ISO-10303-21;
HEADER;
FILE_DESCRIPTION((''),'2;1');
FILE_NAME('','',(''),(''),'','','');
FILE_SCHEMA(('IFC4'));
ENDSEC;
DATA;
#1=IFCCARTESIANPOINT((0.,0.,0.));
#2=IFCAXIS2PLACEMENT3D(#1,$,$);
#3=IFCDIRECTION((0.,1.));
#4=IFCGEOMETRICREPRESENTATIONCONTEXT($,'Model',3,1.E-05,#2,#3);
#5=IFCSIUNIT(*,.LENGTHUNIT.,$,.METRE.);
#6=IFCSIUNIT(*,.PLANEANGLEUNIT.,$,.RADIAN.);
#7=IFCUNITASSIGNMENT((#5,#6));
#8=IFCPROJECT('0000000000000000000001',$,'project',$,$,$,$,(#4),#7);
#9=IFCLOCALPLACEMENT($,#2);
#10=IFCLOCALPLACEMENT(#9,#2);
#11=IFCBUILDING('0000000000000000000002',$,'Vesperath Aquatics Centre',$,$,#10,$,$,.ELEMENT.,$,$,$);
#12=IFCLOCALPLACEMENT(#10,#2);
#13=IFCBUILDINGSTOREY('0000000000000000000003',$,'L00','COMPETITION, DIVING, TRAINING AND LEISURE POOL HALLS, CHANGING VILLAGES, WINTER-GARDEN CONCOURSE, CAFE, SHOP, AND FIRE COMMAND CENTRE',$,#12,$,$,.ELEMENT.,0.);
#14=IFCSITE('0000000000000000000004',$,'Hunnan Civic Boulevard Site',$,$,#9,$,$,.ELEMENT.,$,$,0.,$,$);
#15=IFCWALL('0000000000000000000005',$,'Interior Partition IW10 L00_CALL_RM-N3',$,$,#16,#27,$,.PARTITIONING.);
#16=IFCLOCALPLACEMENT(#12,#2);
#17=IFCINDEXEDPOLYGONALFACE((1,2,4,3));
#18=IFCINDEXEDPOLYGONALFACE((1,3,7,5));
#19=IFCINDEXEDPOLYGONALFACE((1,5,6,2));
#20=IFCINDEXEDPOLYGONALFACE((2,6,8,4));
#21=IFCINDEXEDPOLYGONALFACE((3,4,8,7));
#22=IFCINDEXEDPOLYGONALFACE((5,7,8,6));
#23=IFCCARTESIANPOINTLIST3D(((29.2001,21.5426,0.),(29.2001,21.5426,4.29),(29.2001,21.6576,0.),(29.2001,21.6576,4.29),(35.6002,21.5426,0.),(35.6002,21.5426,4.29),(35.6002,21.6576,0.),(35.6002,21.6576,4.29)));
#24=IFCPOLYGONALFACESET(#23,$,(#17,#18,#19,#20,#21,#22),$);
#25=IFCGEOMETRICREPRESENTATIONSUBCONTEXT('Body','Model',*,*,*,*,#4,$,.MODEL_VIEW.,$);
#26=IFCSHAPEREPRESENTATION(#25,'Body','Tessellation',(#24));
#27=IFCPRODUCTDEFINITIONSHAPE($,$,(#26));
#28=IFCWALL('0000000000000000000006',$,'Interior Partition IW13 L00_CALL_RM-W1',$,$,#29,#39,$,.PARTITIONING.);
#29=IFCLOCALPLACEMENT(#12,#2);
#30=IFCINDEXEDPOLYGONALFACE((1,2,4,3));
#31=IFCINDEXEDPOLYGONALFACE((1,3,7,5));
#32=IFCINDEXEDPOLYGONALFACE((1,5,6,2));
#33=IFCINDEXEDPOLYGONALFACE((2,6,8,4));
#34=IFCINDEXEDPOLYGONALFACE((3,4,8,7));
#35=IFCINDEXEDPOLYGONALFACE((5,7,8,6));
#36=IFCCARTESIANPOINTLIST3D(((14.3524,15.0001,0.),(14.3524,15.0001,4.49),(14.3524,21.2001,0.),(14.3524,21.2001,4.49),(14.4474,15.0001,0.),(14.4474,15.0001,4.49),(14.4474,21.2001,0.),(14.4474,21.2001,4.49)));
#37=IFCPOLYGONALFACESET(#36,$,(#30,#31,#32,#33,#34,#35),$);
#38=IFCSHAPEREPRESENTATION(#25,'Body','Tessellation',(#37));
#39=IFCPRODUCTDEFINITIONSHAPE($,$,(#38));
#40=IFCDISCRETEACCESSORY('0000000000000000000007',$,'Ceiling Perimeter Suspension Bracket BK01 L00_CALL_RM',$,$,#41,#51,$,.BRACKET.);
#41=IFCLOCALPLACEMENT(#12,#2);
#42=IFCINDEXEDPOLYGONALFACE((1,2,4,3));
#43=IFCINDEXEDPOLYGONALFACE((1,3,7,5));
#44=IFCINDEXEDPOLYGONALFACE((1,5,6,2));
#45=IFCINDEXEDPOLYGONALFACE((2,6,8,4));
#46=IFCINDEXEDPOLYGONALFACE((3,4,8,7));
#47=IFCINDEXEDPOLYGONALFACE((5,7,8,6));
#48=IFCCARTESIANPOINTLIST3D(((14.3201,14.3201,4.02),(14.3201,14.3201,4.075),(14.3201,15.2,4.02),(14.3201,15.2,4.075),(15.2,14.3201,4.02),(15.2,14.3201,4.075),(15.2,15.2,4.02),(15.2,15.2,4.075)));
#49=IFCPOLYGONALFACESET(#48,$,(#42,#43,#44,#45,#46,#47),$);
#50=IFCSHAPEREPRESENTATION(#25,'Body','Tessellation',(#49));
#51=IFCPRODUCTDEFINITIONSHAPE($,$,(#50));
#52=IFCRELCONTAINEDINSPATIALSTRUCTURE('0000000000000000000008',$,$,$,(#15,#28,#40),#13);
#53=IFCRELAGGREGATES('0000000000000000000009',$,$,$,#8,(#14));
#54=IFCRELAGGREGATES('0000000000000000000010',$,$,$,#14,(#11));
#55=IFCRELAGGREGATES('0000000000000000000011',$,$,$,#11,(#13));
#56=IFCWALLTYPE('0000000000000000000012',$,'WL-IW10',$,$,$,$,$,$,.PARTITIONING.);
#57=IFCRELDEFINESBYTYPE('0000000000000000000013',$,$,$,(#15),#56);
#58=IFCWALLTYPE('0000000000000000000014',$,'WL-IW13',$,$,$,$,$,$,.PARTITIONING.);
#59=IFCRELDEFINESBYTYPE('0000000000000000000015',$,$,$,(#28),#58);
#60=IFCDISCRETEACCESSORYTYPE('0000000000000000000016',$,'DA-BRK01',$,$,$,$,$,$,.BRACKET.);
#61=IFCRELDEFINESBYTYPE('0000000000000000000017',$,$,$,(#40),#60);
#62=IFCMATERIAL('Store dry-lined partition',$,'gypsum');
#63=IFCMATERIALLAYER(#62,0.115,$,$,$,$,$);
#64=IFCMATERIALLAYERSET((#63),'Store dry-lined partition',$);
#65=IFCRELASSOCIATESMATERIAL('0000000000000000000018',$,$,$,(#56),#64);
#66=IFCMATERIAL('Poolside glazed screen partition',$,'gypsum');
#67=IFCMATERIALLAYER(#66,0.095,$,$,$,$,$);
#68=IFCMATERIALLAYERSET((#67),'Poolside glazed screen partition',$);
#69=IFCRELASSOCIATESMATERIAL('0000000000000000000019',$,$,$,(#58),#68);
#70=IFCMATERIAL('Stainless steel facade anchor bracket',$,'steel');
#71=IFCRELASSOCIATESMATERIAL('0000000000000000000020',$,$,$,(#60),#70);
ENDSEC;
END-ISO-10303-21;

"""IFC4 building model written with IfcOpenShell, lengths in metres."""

from ifc_helpers import new_model, si_unit, direction, frame, frame_2d, origin, origin_2d, place, context, subcontext, project, spatial, rectangle, extrude, material, layer, layer_set, type_object, element, save


model = new_model("IFC4")

# Units and contexts
model_context = context("Model", 3, precision=1e-05, world=origin(), true_north=direction((0.0, 1.0)))
body_context = subcontext(model_context, "Body", "Model", "MODEL_VIEW")
ifc_project = project(units=[si_unit("LENGTHUNIT", "METRE"), si_unit("PLANEANGLEUNIT", "RADIAN")], contexts=[model_context])

# Site, building, storey
site_placement = place(None, origin())
site = spatial("IfcSite", under=ifc_project, at=site_placement, Name="Hunnan Civic Boulevard Site", CompositionType="ELEMENT", RefElevation=0.0)
building_placement = place(site_placement, origin())
building = spatial("IfcBuilding", under=site, at=building_placement, Name="Vesperath Aquatics Centre", CompositionType="ELEMENT")
storey_placement = place(building_placement, origin())
storey = spatial("IfcBuildingStorey", under=building, at=storey_placement, Name="L00", Description="COMPETITION, DIVING, TRAINING AND LEISURE POOL HALLS, CHANGING VILLAGES, WINTER-GARDEN CONCOURSE, CAFE, SHOP, AND FIRE COMMAND CENTRE", CompositionType="ELEMENT", Elevation=0.0)

# Walls
ifc_material_1 = material(Name="Store dry-lined partition", Category="gypsum")
ifc_layer_1 = layer(ifc_material_1, 0.115)
ifc_layer_set_1 = layer_set([ifc_layer_1], Name="Store dry-lined partition")
wall_type_1 = type_object("IfcWallType", Name="WL-IW10", PredefinedType="PARTITIONING", material=ifc_layer_set_1)
wall_1_placement = place(storey_placement, frame((29.2, 21.6001, 0.0), z_axis=(0.0, 0.0, 1.0), x_axis=(1.0, 0.0, 0.0)))
element("IfcWall", 1, at=wall_1_placement, inside=storey, type_object=wall_type_1, Name="Interior Partition IW10 L00_CALL_RM-N3", PredefinedType="PARTITIONING", context=body_context, shape_type="SweptSolid", body=[
    extrude(rectangle(XDim=6.4001, YDim=0.115, at=frame_2d((3.2002, 0.0))), origin(), (0.0, 0.0, 1.0), 4.29),
])
ifc_material_2 = material(Name="Poolside glazed screen partition", Category="gypsum")
ifc_layer_2 = layer(ifc_material_2, 0.095)
ifc_layer_set_2 = layer_set([ifc_layer_2], Name="Poolside glazed screen partition")
wall_type_2 = type_object("IfcWallType", Name="WL-IW13", PredefinedType="PARTITIONING", material=ifc_layer_set_2)
wall_2_placement = place(storey_placement, frame((14.3999, 15.0, 0.0), z_axis=(0.0, 0.0, 1.0), x_axis=(0.0, 1.0, 0.0)))
element("IfcWall", 2, at=wall_2_placement, inside=storey, type_object=wall_type_2, Name="Interior Partition IW13 L00_CALL_RM-W1", PredefinedType="PARTITIONING", context=body_context, shape_type="SweptSolid", body=[
    extrude(rectangle(XDim=6.2, YDim=0.095, at=frame_2d((3.1001, 0.0))), origin(), (0.0, 0.0, 1.0), 4.49),
])

# Discrete accessory
ifc_material_3 = material(Name="Stainless steel facade anchor bracket", Category="steel")
discrete_accessory_type = type_object("IfcDiscreteAccessoryType", Name="DA-BRK01", PredefinedType="BRACKET", material=ifc_material_3)
discrete_accessory_placement = place(storey_placement, frame((14.76, 14.76, 4.02), z_axis=(0.0, 0.0, 1.0), x_axis=(1.0, 0.0, 0.0)))
element("IfcDiscreteAccessory", 3, at=discrete_accessory_placement, inside=storey, type_object=discrete_accessory_type, Name="Ceiling Perimeter Suspension Bracket BK01 L00_CALL_RM", PredefinedType="BRACKET", context=body_context, shape_type="SweptSolid", body=[
    extrude(rectangle(XDim=0.8799, YDim=0.8799, at=origin_2d()), origin(), (0.0, 0.0, 1.0), 0.0549),
])

save(model, "model.ifc")
